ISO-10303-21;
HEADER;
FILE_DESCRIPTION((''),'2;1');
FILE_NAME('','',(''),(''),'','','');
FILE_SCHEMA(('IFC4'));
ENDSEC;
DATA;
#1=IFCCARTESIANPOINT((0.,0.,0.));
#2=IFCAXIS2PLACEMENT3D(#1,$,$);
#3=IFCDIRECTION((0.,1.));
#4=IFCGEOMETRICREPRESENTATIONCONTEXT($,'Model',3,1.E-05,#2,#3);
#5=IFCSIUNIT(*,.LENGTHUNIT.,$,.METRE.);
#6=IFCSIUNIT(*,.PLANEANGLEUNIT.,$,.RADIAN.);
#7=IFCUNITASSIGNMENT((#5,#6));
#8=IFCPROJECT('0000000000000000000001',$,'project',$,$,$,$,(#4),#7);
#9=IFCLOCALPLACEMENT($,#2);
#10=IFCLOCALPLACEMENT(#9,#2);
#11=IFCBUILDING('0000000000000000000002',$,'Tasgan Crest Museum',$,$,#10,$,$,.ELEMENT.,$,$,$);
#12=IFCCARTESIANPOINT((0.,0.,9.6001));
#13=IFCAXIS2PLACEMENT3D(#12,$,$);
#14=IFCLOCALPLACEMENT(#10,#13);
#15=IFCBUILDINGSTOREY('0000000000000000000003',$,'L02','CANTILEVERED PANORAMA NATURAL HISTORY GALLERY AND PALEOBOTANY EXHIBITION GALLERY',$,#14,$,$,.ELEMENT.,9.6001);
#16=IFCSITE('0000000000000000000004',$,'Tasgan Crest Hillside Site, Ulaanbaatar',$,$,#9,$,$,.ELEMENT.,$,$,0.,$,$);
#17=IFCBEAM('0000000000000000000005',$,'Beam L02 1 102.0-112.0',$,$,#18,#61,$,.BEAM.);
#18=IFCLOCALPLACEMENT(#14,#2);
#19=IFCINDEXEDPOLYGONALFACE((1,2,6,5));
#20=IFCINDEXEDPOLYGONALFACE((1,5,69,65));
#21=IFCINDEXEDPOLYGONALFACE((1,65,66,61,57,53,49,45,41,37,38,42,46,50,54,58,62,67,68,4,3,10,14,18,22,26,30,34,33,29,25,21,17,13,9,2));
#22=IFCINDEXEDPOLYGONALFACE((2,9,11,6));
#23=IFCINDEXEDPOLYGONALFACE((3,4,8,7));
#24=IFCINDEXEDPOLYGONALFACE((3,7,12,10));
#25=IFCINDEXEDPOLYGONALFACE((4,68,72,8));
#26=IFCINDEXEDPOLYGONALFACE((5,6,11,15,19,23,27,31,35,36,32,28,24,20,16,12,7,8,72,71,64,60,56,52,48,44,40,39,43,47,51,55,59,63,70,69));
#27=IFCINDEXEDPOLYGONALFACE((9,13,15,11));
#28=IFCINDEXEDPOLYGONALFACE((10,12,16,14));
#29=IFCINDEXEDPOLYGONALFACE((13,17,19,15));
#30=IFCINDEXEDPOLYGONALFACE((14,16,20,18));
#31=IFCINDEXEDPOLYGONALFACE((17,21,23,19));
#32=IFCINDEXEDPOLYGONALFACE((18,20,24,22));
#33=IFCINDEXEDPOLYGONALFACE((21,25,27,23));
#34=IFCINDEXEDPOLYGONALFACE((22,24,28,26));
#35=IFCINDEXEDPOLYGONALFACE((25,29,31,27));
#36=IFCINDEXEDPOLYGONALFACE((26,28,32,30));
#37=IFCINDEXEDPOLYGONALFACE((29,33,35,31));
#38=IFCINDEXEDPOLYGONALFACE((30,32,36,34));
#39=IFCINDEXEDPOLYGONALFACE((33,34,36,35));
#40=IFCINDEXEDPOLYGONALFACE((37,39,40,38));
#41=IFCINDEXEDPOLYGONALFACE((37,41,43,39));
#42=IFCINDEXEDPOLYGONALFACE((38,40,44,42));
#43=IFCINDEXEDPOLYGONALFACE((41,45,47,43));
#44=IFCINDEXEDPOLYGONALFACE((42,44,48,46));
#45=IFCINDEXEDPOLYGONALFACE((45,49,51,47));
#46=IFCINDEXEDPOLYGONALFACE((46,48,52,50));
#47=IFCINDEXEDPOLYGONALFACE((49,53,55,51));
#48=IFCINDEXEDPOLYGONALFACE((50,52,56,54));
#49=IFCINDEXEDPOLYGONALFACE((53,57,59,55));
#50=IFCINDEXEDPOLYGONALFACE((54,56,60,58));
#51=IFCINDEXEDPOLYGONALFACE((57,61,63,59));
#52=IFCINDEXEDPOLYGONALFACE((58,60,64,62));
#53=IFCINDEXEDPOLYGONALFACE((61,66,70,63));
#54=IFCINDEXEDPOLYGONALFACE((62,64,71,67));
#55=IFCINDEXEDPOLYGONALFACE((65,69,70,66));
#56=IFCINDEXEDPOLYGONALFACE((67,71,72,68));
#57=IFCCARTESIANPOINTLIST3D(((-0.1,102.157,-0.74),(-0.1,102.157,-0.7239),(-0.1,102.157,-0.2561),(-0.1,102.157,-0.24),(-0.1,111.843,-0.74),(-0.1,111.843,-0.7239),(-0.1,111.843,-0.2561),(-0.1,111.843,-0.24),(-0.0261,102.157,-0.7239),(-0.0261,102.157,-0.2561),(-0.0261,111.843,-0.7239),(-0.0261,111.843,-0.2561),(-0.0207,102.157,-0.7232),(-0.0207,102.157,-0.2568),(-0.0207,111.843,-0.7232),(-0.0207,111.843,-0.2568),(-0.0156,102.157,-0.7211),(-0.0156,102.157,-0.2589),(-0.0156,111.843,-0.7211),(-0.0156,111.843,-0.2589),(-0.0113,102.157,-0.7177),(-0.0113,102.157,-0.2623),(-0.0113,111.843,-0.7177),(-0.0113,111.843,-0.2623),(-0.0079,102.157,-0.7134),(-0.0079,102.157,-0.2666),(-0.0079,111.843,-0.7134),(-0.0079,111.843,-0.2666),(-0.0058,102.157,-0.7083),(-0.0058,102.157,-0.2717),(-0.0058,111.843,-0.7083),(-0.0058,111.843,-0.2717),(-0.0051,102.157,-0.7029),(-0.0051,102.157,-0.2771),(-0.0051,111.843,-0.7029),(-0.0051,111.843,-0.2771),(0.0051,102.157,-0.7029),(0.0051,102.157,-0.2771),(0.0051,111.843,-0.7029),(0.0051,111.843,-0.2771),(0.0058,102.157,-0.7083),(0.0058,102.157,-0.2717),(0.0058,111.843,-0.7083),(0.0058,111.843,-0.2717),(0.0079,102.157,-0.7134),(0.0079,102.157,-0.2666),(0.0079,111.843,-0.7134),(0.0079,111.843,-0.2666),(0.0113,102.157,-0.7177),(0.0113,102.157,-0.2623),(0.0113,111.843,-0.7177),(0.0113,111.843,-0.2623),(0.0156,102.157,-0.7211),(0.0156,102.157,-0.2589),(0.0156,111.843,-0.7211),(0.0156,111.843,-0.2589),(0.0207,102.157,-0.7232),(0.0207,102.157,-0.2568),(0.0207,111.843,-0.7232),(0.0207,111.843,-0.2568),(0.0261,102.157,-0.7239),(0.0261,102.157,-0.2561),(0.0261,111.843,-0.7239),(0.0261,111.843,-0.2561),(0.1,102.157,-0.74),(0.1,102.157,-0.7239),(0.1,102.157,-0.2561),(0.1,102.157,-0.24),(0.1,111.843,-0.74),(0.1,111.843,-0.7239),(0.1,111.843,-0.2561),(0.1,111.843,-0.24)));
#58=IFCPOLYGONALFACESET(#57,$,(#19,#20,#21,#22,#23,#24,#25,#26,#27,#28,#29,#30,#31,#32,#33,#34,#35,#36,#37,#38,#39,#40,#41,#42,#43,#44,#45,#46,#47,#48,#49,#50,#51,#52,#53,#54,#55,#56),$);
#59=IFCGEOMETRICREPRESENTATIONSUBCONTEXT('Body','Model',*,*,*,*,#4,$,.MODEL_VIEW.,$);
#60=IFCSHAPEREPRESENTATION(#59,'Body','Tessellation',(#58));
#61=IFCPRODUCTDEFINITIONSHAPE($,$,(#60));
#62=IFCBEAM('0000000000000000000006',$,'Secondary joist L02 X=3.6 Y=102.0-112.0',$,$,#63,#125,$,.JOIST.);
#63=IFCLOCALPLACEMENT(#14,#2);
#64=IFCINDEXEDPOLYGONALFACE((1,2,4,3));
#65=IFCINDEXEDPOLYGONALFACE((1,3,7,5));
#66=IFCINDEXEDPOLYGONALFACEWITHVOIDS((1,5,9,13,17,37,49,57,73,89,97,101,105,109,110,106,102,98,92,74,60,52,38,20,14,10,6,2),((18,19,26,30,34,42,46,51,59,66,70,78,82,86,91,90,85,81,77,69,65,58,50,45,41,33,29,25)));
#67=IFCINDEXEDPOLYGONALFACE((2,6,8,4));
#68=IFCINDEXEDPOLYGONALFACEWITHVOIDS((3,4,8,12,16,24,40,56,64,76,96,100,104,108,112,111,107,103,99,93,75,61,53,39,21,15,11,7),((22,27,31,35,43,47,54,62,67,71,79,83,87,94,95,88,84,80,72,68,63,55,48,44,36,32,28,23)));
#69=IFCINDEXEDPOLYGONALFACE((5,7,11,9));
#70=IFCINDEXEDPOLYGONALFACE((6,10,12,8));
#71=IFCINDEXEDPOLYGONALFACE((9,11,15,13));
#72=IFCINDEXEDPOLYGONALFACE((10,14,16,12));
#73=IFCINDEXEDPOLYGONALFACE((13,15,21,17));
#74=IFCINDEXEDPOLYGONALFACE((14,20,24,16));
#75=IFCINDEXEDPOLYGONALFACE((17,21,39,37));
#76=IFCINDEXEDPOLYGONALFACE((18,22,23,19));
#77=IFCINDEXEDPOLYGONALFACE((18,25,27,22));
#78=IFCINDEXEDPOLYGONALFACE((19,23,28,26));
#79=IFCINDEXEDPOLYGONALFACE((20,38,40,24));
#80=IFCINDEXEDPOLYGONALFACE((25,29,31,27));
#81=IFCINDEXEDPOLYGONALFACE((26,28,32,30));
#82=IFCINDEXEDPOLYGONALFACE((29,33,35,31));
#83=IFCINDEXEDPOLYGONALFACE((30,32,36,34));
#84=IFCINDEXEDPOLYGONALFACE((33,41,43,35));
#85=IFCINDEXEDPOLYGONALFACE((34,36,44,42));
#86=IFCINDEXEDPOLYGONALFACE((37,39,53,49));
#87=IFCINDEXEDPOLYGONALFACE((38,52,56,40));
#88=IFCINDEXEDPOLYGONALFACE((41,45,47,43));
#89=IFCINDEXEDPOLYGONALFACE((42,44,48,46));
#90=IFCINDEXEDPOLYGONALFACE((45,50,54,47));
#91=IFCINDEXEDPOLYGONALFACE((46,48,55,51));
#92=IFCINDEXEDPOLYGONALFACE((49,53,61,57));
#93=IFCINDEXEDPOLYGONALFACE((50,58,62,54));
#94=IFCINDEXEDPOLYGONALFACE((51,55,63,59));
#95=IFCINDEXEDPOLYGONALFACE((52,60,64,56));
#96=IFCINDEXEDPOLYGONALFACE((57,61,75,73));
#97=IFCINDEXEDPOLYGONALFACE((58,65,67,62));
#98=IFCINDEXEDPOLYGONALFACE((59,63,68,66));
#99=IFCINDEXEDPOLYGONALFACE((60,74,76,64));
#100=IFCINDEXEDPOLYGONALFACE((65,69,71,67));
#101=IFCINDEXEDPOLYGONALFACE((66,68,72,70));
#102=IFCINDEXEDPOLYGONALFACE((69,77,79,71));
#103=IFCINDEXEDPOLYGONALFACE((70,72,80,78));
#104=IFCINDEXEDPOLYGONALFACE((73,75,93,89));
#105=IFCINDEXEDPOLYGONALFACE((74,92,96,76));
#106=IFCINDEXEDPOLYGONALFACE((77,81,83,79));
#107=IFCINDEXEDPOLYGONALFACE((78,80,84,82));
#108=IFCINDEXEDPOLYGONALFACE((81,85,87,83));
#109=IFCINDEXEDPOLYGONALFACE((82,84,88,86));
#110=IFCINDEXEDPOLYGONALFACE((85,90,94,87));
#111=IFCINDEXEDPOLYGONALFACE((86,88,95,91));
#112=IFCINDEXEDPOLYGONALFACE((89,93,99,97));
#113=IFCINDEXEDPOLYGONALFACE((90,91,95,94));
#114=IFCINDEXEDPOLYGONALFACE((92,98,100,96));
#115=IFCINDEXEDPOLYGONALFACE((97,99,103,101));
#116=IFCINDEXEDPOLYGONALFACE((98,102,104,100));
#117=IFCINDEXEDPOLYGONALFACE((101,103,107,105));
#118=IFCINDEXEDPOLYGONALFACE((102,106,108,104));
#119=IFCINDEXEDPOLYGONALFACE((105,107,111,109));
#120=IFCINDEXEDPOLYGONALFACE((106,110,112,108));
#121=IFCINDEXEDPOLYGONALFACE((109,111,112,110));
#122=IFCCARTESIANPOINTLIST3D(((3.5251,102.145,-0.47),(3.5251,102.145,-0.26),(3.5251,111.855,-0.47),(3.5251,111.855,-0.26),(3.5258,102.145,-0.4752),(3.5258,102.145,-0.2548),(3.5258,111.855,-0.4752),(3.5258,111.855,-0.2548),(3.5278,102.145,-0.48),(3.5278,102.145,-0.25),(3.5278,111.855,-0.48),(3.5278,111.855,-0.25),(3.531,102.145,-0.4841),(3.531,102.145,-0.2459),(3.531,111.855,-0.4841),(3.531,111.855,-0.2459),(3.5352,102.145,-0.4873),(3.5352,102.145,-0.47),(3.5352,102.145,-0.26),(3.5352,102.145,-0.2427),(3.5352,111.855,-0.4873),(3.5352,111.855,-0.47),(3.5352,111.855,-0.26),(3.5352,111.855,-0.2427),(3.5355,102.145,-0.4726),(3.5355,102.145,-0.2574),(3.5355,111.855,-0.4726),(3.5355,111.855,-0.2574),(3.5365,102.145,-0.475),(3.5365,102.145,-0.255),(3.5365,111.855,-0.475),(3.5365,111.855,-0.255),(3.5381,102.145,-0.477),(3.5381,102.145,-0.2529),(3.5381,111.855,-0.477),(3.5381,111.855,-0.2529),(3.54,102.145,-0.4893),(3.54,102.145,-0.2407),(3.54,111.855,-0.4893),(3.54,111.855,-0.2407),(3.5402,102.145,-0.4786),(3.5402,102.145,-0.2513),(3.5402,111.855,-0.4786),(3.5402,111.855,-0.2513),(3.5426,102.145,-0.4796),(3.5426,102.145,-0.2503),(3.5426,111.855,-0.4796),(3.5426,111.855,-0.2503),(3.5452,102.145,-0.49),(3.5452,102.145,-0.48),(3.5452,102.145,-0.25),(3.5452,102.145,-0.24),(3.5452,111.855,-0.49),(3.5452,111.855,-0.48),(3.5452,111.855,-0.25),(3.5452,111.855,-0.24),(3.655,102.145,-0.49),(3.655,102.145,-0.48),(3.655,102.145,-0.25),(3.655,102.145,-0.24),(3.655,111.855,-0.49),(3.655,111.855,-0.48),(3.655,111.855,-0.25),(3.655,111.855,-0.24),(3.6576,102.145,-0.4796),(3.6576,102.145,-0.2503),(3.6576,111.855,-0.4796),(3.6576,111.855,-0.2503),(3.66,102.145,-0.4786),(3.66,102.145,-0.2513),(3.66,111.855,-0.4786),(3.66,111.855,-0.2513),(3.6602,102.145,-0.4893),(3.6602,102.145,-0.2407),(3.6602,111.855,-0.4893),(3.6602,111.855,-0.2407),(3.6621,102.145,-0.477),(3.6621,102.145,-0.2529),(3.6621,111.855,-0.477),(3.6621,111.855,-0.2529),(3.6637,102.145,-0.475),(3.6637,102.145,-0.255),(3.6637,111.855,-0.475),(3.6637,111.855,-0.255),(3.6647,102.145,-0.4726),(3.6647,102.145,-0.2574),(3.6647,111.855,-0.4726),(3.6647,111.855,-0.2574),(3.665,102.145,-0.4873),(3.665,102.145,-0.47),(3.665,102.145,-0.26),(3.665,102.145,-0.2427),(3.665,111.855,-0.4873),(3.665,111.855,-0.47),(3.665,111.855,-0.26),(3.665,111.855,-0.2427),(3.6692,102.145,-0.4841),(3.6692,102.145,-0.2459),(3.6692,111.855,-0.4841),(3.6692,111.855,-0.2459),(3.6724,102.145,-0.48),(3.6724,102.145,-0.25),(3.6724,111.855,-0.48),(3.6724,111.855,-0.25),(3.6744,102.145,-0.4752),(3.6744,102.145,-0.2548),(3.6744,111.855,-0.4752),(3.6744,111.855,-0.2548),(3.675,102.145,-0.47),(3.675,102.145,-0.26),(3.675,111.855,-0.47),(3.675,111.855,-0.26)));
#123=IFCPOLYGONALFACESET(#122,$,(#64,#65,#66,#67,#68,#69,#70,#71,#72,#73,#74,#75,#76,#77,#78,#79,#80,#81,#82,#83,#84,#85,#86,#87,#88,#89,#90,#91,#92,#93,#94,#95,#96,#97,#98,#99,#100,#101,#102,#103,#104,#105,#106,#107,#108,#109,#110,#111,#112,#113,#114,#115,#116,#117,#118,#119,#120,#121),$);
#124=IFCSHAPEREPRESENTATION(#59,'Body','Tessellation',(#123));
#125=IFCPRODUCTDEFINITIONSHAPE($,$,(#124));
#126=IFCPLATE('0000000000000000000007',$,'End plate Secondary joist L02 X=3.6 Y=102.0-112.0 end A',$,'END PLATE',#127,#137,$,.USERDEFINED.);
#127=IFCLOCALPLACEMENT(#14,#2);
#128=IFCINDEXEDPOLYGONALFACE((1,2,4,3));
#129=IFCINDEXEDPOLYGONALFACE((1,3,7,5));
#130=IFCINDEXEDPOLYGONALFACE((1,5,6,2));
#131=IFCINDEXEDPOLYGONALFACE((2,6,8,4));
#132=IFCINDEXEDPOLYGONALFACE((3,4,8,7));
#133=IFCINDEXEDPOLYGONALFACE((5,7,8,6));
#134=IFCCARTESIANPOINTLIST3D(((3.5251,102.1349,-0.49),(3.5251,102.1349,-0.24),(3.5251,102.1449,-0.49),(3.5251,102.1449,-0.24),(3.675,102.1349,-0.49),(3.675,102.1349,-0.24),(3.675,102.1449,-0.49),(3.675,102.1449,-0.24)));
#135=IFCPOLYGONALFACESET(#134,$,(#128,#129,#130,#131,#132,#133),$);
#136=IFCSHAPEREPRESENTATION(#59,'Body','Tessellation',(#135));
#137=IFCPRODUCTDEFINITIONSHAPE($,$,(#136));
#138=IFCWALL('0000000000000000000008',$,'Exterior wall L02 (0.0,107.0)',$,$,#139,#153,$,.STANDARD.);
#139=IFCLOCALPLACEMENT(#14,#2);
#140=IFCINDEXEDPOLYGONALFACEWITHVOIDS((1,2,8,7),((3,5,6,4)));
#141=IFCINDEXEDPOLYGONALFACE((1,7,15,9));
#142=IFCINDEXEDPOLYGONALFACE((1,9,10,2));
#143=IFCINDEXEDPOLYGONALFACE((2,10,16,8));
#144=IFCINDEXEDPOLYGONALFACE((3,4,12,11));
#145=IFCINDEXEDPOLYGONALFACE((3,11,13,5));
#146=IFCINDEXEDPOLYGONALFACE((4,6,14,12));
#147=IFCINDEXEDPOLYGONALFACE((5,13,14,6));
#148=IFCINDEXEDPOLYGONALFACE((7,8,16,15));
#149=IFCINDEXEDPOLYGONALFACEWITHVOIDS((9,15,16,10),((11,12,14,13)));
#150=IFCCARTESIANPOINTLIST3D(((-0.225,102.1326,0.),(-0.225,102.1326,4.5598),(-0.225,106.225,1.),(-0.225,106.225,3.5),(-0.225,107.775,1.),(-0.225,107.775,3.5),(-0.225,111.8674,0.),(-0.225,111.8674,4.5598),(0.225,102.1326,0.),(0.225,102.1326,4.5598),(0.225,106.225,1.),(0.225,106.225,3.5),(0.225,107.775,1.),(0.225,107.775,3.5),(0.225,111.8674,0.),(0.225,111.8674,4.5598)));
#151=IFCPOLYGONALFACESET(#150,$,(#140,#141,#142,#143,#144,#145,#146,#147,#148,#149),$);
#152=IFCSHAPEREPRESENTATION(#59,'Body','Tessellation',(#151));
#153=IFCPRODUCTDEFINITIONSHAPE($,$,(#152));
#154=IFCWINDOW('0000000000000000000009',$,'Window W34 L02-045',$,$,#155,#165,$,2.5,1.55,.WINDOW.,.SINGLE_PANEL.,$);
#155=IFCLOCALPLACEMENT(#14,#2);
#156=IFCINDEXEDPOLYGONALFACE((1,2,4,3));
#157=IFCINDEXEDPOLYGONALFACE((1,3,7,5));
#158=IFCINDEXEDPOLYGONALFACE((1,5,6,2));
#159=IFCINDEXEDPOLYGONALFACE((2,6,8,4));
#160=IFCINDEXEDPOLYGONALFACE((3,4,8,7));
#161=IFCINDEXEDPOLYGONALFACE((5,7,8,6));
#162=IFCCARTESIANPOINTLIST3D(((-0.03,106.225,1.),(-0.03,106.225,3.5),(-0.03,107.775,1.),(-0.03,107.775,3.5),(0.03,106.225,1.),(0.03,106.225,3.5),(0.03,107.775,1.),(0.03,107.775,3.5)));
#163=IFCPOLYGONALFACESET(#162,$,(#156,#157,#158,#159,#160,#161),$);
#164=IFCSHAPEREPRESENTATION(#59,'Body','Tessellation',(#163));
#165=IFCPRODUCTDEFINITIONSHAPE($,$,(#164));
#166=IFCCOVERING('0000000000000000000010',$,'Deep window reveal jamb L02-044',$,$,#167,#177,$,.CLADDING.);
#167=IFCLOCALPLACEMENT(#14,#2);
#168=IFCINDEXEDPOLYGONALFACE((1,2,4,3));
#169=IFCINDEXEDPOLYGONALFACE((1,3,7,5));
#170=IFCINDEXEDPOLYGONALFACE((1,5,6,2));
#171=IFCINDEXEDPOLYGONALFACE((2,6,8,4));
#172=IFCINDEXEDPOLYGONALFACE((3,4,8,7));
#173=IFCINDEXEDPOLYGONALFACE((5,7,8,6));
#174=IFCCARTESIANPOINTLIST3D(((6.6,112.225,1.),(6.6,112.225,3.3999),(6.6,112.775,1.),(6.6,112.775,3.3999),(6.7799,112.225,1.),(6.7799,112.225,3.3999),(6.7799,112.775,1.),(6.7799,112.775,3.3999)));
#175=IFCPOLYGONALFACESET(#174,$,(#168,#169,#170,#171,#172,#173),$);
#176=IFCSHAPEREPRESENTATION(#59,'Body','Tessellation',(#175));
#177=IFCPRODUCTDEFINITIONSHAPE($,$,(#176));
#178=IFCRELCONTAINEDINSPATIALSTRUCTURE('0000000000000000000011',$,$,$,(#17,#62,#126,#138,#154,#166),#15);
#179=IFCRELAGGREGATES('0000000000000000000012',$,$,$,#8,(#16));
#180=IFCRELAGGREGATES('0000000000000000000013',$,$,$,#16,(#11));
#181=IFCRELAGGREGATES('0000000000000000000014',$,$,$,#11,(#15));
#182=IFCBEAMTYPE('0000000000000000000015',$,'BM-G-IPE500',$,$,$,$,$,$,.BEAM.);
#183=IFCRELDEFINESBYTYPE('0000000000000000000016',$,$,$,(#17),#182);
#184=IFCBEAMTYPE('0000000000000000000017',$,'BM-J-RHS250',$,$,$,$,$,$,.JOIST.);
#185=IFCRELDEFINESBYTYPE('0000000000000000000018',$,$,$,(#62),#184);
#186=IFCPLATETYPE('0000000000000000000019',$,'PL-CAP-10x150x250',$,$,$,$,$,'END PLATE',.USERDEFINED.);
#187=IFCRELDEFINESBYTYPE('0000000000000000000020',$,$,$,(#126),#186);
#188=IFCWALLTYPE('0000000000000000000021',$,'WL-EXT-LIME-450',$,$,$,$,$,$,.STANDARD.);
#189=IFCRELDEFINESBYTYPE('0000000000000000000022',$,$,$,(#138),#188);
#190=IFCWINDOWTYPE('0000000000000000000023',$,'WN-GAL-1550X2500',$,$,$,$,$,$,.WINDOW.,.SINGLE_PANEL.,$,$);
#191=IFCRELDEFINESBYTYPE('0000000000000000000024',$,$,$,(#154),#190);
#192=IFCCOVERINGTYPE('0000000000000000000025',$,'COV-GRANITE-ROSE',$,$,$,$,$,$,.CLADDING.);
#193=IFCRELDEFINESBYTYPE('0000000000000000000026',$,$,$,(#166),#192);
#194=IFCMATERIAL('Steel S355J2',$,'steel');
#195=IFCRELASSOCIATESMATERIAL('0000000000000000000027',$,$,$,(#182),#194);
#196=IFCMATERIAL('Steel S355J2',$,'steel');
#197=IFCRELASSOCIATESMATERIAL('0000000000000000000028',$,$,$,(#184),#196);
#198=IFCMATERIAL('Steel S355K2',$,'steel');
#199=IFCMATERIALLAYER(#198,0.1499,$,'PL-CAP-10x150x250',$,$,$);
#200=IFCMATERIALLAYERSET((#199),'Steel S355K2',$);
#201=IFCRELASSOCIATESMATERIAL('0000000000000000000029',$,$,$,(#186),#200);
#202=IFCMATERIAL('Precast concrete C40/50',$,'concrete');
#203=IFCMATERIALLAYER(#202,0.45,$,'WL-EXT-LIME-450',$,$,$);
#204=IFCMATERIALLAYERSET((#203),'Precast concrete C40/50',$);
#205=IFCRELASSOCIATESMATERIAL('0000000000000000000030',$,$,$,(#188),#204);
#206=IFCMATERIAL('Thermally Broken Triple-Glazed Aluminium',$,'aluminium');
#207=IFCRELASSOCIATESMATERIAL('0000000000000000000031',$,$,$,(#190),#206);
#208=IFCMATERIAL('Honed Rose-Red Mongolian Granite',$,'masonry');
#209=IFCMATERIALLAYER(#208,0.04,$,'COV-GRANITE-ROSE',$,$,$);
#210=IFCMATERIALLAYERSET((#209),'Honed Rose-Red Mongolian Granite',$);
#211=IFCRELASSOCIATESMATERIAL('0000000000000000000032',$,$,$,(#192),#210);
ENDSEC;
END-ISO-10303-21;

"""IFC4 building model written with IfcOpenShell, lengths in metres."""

from ifc_helpers import new_model, si_unit, direction, frame, frame_2d, origin, origin_2d, place, context, subcontext, project, spatial, rectangle, hollow_rectangle, i_section, extrude, material, layer, layer_set, material_profile, profile_set, type_object, element, fill, save


model = new_model("IFC4")

# Units and contexts
model_context = context("Model", 3, precision=1e-05, world=origin(), true_north=direction((0.0, 1.0)))
body_context = subcontext(model_context, "Body", "Model", "MODEL_VIEW")
ifc_project = project(units=[si_unit("LENGTHUNIT", "METRE"), si_unit("PLANEANGLEUNIT", "RADIAN")], contexts=[model_context])

# Site, building, storey
site_placement = place(None, origin())
site = spatial("IfcSite", under=ifc_project, at=site_placement, Name="Tasgan Crest Hillside Site, Ulaanbaatar", CompositionType="ELEMENT", RefElevation=0.0)
building_placement = place(site_placement, origin())
building = spatial("IfcBuilding", under=site, at=building_placement, Name="Tasgan Crest Museum", CompositionType="ELEMENT")
storey_placement = place(building_placement, frame((0.0, 0.0, 9.6001)))
storey = spatial("IfcBuildingStorey", under=building, at=storey_placement, Name="L02", Description="CANTILEVERED PANORAMA NATURAL HISTORY GALLERY AND PALEOBOTANY EXHIBITION GALLERY", CompositionType="ELEMENT", Elevation=9.6001)

# Beams
ifc_material_1 = material(Name="Steel S355J2", Category="steel")
ifc_material_profile_1 = material_profile(ifc_material_1, i_section(OverallWidth=0.2, OverallDepth=0.5, WebThickness=0.0103, FlangeThickness=0.0161, FilletRadius=0.021, at=origin_2d()), Name="IPE 500")
ifc_profile_set_1 = profile_set([ifc_material_profile_1], Name="Steel S355J2")
beam_type_1 = type_object("IfcBeamType", Name="BM-G-IPE500", PredefinedType="BEAM", material=ifc_profile_set_1)
beam_1_placement = place(storey_placement, frame((0.0, 102.157, -0.49), z_axis=(0.0, 1.0, 0.0), x_axis=(-1.0, 0.0, 0.0)))
element("IfcBeam", 1, at=beam_1_placement, inside=storey, type_object=beam_type_1, Name="Beam L02 1 102.0-112.0", PredefinedType="BEAM", context=body_context, shape_type="SweptSolid", body=[
    extrude(i_section(OverallWidth=0.2, OverallDepth=0.5, WebThickness=0.0103, FlangeThickness=0.0161, FilletRadius=0.021, at=origin_2d()), origin(), (0.0, 0.0, 1.0), 9.686),
])
ifc_material_2 = material(Name="Steel S355J2", Category="steel")
ifc_material_profile_2 = material_profile(ifc_material_2, hollow_rectangle(XDim=0.1499, YDim=0.25, WallThickness=0.01, InnerFilletRadius=0.01, OuterFilletRadius=0.02, at=origin_2d()), Name="RHS 250x150x10")
ifc_profile_set_2 = profile_set([ifc_material_profile_2], Name="Steel S355J2")
beam_type_2 = type_object("IfcBeamType", Name="BM-J-RHS250", PredefinedType="JOIST", material=ifc_profile_set_2)
beam_2_placement = place(storey_placement, frame((3.6001, 102.145, -0.365), z_axis=(0.0, 1.0, 0.0), x_axis=(-1.0, 0.0, 0.0)))
element("IfcBeam", 2, at=beam_2_placement, inside=storey, type_object=beam_type_2, Name="Secondary joist L02 X=3.6 Y=102.0-112.0", PredefinedType="JOIST", context=body_context, shape_type="SweptSolid", body=[
    extrude(hollow_rectangle(XDim=0.1499, YDim=0.25, WallThickness=0.01, InnerFilletRadius=0.01, OuterFilletRadius=0.02, at=origin_2d()), origin(), (0.0, 0.0, 1.0), 9.71),
])

# Plate
ifc_material_3 = material(Name="Steel S355K2", Category="steel")
ifc_layer_1 = layer(ifc_material_3, 0.1499, Name="PL-CAP-10x150x250")
ifc_layer_set_1 = layer_set([ifc_layer_1], Name="Steel S355K2")
plate_type = type_object("IfcPlateType", Name="PL-CAP-10x150x250", ElementType="END PLATE", PredefinedType="USERDEFINED", material=ifc_layer_set_1)
plate_placement = place(storey_placement, frame((3.6001, 102.1399, -0.49), z_axis=(0.0, 0.0, 1.0), x_axis=(0.0, 1.0, 0.0)))
element("IfcPlate", 3, at=plate_placement, inside=storey, type_object=plate_type, Name="End plate Secondary joist L02 X=3.6 Y=102.0-112.0 end A", ObjectType="END PLATE", PredefinedType="USERDEFINED", context=body_context, shape_type="SweptSolid", body=[
    extrude(rectangle(XDim=0.01, YDim=0.1499, at=origin_2d()), origin(), (0.0, 0.0, 1.0), 0.25),
])

# Wall, opening, window
ifc_material_4 = material(Name="Precast concrete C40/50", Category="concrete")
ifc_layer_2 = layer(ifc_material_4, 0.45, Name="WL-EXT-LIME-450")
ifc_layer_set_2 = layer_set([ifc_layer_2], Name="Precast concrete C40/50")
wall_type = type_object("IfcWallType", Name="WL-EXT-LIME-450", PredefinedType="STANDARD", material=ifc_layer_set_2)
wall_placement = place(storey_placement, frame((0.0, 111.8674, 0.0), z_axis=(0.0, 0.0, 1.0), x_axis=(0.0, -1.0, 0.0)))
wall = element("IfcWall", 4, at=wall_placement, inside=storey, type_object=wall_type, Name="Exterior wall L02 (0.0,107.0)", PredefinedType="STANDARD", context=body_context, shape_type="SweptSolid", body=[
    extrude(rectangle(XDim=9.7349, YDim=0.45, at=frame_2d((4.8674, 0.0))), origin(), (0.0, 0.0, 1.0), 4.5598),
])
opening_placement = place(wall_placement, frame((4.0925, 0.0, 1.0)))
opening = element("IfcOpeningElement", 5, at=opening_placement, cuts=wall, PredefinedType="OPENING", context=body_context, shape_type="SweptSolid", body=[
    extrude(rectangle(XDim=1.55, YDim=2.5, at=frame_2d((0.7749, 1.25))), frame((0.0, 0.2349, 0.0), z_axis=(0.0, -1.0, 0.0), x_axis=(1.0, 0.0, 0.0)), (0.0, 0.0, 1.0), 0.47),
])
ifc_material_5 = material(Name="Thermally Broken Triple-Glazed Aluminium", Category="aluminium")
window_type = type_object("IfcWindowType", Name="WN-GAL-1550X2500", PartitioningType="SINGLE_PANEL", PredefinedType="WINDOW", material=ifc_material_5)
window_placement = place(opening_placement, origin())
window = element("IfcWindow", 6, at=window_placement, inside=storey, type_object=window_type, Name="Window W34 L02-045", OverallHeight=2.5, OverallWidth=1.55, PartitioningType="SINGLE_PANEL", PredefinedType="WINDOW", context=body_context, shape_type="SweptSolid", body=[
    extrude(rectangle(XDim=1.55, YDim=2.5, at=frame_2d((0.7749, 1.25))), frame((0.0, 0.03, 0.0), z_axis=(0.0, -1.0, 0.0), x_axis=(1.0, 0.0, 0.0)), (0.0, 0.0, 1.0), 0.0601),
])
fill(opening, window)

# Covering
ifc_material_6 = material(Name="Honed Rose-Red Mongolian Granite", Category="masonry")
ifc_layer_3 = layer(ifc_material_6, 0.04, Name="COV-GRANITE-ROSE")
ifc_layer_set_3 = layer_set([ifc_layer_3], Name="Honed Rose-Red Mongolian Granite")
covering_type_1 = type_object("IfcCoveringType", Name="COV-GRANITE-ROSE", PredefinedType="CLADDING", material=ifc_layer_set_3)
for number, where, z_axis, x_axis, name in (
    (7, (6.6899, 112.5, 1.0), (0.0, 0.0, 1.0), (-1.0, 0.0, 0.0), "Deep window reveal jamb L02-044"),
):
    element("IfcCovering", number, at=place(storey_placement, frame(where, z_axis=z_axis, x_axis=x_axis)), inside=storey, type_object=covering_type_1, Name=name, PredefinedType="CLADDING", context=body_context, shape_type="SweptSolid", body=[
        extrude(rectangle(XDim=0.1799, YDim=0.55, at=origin_2d()), origin(), (0.0, 0.0, 1.0), 2.3999),
    ])

save(model, "model.ifc")
